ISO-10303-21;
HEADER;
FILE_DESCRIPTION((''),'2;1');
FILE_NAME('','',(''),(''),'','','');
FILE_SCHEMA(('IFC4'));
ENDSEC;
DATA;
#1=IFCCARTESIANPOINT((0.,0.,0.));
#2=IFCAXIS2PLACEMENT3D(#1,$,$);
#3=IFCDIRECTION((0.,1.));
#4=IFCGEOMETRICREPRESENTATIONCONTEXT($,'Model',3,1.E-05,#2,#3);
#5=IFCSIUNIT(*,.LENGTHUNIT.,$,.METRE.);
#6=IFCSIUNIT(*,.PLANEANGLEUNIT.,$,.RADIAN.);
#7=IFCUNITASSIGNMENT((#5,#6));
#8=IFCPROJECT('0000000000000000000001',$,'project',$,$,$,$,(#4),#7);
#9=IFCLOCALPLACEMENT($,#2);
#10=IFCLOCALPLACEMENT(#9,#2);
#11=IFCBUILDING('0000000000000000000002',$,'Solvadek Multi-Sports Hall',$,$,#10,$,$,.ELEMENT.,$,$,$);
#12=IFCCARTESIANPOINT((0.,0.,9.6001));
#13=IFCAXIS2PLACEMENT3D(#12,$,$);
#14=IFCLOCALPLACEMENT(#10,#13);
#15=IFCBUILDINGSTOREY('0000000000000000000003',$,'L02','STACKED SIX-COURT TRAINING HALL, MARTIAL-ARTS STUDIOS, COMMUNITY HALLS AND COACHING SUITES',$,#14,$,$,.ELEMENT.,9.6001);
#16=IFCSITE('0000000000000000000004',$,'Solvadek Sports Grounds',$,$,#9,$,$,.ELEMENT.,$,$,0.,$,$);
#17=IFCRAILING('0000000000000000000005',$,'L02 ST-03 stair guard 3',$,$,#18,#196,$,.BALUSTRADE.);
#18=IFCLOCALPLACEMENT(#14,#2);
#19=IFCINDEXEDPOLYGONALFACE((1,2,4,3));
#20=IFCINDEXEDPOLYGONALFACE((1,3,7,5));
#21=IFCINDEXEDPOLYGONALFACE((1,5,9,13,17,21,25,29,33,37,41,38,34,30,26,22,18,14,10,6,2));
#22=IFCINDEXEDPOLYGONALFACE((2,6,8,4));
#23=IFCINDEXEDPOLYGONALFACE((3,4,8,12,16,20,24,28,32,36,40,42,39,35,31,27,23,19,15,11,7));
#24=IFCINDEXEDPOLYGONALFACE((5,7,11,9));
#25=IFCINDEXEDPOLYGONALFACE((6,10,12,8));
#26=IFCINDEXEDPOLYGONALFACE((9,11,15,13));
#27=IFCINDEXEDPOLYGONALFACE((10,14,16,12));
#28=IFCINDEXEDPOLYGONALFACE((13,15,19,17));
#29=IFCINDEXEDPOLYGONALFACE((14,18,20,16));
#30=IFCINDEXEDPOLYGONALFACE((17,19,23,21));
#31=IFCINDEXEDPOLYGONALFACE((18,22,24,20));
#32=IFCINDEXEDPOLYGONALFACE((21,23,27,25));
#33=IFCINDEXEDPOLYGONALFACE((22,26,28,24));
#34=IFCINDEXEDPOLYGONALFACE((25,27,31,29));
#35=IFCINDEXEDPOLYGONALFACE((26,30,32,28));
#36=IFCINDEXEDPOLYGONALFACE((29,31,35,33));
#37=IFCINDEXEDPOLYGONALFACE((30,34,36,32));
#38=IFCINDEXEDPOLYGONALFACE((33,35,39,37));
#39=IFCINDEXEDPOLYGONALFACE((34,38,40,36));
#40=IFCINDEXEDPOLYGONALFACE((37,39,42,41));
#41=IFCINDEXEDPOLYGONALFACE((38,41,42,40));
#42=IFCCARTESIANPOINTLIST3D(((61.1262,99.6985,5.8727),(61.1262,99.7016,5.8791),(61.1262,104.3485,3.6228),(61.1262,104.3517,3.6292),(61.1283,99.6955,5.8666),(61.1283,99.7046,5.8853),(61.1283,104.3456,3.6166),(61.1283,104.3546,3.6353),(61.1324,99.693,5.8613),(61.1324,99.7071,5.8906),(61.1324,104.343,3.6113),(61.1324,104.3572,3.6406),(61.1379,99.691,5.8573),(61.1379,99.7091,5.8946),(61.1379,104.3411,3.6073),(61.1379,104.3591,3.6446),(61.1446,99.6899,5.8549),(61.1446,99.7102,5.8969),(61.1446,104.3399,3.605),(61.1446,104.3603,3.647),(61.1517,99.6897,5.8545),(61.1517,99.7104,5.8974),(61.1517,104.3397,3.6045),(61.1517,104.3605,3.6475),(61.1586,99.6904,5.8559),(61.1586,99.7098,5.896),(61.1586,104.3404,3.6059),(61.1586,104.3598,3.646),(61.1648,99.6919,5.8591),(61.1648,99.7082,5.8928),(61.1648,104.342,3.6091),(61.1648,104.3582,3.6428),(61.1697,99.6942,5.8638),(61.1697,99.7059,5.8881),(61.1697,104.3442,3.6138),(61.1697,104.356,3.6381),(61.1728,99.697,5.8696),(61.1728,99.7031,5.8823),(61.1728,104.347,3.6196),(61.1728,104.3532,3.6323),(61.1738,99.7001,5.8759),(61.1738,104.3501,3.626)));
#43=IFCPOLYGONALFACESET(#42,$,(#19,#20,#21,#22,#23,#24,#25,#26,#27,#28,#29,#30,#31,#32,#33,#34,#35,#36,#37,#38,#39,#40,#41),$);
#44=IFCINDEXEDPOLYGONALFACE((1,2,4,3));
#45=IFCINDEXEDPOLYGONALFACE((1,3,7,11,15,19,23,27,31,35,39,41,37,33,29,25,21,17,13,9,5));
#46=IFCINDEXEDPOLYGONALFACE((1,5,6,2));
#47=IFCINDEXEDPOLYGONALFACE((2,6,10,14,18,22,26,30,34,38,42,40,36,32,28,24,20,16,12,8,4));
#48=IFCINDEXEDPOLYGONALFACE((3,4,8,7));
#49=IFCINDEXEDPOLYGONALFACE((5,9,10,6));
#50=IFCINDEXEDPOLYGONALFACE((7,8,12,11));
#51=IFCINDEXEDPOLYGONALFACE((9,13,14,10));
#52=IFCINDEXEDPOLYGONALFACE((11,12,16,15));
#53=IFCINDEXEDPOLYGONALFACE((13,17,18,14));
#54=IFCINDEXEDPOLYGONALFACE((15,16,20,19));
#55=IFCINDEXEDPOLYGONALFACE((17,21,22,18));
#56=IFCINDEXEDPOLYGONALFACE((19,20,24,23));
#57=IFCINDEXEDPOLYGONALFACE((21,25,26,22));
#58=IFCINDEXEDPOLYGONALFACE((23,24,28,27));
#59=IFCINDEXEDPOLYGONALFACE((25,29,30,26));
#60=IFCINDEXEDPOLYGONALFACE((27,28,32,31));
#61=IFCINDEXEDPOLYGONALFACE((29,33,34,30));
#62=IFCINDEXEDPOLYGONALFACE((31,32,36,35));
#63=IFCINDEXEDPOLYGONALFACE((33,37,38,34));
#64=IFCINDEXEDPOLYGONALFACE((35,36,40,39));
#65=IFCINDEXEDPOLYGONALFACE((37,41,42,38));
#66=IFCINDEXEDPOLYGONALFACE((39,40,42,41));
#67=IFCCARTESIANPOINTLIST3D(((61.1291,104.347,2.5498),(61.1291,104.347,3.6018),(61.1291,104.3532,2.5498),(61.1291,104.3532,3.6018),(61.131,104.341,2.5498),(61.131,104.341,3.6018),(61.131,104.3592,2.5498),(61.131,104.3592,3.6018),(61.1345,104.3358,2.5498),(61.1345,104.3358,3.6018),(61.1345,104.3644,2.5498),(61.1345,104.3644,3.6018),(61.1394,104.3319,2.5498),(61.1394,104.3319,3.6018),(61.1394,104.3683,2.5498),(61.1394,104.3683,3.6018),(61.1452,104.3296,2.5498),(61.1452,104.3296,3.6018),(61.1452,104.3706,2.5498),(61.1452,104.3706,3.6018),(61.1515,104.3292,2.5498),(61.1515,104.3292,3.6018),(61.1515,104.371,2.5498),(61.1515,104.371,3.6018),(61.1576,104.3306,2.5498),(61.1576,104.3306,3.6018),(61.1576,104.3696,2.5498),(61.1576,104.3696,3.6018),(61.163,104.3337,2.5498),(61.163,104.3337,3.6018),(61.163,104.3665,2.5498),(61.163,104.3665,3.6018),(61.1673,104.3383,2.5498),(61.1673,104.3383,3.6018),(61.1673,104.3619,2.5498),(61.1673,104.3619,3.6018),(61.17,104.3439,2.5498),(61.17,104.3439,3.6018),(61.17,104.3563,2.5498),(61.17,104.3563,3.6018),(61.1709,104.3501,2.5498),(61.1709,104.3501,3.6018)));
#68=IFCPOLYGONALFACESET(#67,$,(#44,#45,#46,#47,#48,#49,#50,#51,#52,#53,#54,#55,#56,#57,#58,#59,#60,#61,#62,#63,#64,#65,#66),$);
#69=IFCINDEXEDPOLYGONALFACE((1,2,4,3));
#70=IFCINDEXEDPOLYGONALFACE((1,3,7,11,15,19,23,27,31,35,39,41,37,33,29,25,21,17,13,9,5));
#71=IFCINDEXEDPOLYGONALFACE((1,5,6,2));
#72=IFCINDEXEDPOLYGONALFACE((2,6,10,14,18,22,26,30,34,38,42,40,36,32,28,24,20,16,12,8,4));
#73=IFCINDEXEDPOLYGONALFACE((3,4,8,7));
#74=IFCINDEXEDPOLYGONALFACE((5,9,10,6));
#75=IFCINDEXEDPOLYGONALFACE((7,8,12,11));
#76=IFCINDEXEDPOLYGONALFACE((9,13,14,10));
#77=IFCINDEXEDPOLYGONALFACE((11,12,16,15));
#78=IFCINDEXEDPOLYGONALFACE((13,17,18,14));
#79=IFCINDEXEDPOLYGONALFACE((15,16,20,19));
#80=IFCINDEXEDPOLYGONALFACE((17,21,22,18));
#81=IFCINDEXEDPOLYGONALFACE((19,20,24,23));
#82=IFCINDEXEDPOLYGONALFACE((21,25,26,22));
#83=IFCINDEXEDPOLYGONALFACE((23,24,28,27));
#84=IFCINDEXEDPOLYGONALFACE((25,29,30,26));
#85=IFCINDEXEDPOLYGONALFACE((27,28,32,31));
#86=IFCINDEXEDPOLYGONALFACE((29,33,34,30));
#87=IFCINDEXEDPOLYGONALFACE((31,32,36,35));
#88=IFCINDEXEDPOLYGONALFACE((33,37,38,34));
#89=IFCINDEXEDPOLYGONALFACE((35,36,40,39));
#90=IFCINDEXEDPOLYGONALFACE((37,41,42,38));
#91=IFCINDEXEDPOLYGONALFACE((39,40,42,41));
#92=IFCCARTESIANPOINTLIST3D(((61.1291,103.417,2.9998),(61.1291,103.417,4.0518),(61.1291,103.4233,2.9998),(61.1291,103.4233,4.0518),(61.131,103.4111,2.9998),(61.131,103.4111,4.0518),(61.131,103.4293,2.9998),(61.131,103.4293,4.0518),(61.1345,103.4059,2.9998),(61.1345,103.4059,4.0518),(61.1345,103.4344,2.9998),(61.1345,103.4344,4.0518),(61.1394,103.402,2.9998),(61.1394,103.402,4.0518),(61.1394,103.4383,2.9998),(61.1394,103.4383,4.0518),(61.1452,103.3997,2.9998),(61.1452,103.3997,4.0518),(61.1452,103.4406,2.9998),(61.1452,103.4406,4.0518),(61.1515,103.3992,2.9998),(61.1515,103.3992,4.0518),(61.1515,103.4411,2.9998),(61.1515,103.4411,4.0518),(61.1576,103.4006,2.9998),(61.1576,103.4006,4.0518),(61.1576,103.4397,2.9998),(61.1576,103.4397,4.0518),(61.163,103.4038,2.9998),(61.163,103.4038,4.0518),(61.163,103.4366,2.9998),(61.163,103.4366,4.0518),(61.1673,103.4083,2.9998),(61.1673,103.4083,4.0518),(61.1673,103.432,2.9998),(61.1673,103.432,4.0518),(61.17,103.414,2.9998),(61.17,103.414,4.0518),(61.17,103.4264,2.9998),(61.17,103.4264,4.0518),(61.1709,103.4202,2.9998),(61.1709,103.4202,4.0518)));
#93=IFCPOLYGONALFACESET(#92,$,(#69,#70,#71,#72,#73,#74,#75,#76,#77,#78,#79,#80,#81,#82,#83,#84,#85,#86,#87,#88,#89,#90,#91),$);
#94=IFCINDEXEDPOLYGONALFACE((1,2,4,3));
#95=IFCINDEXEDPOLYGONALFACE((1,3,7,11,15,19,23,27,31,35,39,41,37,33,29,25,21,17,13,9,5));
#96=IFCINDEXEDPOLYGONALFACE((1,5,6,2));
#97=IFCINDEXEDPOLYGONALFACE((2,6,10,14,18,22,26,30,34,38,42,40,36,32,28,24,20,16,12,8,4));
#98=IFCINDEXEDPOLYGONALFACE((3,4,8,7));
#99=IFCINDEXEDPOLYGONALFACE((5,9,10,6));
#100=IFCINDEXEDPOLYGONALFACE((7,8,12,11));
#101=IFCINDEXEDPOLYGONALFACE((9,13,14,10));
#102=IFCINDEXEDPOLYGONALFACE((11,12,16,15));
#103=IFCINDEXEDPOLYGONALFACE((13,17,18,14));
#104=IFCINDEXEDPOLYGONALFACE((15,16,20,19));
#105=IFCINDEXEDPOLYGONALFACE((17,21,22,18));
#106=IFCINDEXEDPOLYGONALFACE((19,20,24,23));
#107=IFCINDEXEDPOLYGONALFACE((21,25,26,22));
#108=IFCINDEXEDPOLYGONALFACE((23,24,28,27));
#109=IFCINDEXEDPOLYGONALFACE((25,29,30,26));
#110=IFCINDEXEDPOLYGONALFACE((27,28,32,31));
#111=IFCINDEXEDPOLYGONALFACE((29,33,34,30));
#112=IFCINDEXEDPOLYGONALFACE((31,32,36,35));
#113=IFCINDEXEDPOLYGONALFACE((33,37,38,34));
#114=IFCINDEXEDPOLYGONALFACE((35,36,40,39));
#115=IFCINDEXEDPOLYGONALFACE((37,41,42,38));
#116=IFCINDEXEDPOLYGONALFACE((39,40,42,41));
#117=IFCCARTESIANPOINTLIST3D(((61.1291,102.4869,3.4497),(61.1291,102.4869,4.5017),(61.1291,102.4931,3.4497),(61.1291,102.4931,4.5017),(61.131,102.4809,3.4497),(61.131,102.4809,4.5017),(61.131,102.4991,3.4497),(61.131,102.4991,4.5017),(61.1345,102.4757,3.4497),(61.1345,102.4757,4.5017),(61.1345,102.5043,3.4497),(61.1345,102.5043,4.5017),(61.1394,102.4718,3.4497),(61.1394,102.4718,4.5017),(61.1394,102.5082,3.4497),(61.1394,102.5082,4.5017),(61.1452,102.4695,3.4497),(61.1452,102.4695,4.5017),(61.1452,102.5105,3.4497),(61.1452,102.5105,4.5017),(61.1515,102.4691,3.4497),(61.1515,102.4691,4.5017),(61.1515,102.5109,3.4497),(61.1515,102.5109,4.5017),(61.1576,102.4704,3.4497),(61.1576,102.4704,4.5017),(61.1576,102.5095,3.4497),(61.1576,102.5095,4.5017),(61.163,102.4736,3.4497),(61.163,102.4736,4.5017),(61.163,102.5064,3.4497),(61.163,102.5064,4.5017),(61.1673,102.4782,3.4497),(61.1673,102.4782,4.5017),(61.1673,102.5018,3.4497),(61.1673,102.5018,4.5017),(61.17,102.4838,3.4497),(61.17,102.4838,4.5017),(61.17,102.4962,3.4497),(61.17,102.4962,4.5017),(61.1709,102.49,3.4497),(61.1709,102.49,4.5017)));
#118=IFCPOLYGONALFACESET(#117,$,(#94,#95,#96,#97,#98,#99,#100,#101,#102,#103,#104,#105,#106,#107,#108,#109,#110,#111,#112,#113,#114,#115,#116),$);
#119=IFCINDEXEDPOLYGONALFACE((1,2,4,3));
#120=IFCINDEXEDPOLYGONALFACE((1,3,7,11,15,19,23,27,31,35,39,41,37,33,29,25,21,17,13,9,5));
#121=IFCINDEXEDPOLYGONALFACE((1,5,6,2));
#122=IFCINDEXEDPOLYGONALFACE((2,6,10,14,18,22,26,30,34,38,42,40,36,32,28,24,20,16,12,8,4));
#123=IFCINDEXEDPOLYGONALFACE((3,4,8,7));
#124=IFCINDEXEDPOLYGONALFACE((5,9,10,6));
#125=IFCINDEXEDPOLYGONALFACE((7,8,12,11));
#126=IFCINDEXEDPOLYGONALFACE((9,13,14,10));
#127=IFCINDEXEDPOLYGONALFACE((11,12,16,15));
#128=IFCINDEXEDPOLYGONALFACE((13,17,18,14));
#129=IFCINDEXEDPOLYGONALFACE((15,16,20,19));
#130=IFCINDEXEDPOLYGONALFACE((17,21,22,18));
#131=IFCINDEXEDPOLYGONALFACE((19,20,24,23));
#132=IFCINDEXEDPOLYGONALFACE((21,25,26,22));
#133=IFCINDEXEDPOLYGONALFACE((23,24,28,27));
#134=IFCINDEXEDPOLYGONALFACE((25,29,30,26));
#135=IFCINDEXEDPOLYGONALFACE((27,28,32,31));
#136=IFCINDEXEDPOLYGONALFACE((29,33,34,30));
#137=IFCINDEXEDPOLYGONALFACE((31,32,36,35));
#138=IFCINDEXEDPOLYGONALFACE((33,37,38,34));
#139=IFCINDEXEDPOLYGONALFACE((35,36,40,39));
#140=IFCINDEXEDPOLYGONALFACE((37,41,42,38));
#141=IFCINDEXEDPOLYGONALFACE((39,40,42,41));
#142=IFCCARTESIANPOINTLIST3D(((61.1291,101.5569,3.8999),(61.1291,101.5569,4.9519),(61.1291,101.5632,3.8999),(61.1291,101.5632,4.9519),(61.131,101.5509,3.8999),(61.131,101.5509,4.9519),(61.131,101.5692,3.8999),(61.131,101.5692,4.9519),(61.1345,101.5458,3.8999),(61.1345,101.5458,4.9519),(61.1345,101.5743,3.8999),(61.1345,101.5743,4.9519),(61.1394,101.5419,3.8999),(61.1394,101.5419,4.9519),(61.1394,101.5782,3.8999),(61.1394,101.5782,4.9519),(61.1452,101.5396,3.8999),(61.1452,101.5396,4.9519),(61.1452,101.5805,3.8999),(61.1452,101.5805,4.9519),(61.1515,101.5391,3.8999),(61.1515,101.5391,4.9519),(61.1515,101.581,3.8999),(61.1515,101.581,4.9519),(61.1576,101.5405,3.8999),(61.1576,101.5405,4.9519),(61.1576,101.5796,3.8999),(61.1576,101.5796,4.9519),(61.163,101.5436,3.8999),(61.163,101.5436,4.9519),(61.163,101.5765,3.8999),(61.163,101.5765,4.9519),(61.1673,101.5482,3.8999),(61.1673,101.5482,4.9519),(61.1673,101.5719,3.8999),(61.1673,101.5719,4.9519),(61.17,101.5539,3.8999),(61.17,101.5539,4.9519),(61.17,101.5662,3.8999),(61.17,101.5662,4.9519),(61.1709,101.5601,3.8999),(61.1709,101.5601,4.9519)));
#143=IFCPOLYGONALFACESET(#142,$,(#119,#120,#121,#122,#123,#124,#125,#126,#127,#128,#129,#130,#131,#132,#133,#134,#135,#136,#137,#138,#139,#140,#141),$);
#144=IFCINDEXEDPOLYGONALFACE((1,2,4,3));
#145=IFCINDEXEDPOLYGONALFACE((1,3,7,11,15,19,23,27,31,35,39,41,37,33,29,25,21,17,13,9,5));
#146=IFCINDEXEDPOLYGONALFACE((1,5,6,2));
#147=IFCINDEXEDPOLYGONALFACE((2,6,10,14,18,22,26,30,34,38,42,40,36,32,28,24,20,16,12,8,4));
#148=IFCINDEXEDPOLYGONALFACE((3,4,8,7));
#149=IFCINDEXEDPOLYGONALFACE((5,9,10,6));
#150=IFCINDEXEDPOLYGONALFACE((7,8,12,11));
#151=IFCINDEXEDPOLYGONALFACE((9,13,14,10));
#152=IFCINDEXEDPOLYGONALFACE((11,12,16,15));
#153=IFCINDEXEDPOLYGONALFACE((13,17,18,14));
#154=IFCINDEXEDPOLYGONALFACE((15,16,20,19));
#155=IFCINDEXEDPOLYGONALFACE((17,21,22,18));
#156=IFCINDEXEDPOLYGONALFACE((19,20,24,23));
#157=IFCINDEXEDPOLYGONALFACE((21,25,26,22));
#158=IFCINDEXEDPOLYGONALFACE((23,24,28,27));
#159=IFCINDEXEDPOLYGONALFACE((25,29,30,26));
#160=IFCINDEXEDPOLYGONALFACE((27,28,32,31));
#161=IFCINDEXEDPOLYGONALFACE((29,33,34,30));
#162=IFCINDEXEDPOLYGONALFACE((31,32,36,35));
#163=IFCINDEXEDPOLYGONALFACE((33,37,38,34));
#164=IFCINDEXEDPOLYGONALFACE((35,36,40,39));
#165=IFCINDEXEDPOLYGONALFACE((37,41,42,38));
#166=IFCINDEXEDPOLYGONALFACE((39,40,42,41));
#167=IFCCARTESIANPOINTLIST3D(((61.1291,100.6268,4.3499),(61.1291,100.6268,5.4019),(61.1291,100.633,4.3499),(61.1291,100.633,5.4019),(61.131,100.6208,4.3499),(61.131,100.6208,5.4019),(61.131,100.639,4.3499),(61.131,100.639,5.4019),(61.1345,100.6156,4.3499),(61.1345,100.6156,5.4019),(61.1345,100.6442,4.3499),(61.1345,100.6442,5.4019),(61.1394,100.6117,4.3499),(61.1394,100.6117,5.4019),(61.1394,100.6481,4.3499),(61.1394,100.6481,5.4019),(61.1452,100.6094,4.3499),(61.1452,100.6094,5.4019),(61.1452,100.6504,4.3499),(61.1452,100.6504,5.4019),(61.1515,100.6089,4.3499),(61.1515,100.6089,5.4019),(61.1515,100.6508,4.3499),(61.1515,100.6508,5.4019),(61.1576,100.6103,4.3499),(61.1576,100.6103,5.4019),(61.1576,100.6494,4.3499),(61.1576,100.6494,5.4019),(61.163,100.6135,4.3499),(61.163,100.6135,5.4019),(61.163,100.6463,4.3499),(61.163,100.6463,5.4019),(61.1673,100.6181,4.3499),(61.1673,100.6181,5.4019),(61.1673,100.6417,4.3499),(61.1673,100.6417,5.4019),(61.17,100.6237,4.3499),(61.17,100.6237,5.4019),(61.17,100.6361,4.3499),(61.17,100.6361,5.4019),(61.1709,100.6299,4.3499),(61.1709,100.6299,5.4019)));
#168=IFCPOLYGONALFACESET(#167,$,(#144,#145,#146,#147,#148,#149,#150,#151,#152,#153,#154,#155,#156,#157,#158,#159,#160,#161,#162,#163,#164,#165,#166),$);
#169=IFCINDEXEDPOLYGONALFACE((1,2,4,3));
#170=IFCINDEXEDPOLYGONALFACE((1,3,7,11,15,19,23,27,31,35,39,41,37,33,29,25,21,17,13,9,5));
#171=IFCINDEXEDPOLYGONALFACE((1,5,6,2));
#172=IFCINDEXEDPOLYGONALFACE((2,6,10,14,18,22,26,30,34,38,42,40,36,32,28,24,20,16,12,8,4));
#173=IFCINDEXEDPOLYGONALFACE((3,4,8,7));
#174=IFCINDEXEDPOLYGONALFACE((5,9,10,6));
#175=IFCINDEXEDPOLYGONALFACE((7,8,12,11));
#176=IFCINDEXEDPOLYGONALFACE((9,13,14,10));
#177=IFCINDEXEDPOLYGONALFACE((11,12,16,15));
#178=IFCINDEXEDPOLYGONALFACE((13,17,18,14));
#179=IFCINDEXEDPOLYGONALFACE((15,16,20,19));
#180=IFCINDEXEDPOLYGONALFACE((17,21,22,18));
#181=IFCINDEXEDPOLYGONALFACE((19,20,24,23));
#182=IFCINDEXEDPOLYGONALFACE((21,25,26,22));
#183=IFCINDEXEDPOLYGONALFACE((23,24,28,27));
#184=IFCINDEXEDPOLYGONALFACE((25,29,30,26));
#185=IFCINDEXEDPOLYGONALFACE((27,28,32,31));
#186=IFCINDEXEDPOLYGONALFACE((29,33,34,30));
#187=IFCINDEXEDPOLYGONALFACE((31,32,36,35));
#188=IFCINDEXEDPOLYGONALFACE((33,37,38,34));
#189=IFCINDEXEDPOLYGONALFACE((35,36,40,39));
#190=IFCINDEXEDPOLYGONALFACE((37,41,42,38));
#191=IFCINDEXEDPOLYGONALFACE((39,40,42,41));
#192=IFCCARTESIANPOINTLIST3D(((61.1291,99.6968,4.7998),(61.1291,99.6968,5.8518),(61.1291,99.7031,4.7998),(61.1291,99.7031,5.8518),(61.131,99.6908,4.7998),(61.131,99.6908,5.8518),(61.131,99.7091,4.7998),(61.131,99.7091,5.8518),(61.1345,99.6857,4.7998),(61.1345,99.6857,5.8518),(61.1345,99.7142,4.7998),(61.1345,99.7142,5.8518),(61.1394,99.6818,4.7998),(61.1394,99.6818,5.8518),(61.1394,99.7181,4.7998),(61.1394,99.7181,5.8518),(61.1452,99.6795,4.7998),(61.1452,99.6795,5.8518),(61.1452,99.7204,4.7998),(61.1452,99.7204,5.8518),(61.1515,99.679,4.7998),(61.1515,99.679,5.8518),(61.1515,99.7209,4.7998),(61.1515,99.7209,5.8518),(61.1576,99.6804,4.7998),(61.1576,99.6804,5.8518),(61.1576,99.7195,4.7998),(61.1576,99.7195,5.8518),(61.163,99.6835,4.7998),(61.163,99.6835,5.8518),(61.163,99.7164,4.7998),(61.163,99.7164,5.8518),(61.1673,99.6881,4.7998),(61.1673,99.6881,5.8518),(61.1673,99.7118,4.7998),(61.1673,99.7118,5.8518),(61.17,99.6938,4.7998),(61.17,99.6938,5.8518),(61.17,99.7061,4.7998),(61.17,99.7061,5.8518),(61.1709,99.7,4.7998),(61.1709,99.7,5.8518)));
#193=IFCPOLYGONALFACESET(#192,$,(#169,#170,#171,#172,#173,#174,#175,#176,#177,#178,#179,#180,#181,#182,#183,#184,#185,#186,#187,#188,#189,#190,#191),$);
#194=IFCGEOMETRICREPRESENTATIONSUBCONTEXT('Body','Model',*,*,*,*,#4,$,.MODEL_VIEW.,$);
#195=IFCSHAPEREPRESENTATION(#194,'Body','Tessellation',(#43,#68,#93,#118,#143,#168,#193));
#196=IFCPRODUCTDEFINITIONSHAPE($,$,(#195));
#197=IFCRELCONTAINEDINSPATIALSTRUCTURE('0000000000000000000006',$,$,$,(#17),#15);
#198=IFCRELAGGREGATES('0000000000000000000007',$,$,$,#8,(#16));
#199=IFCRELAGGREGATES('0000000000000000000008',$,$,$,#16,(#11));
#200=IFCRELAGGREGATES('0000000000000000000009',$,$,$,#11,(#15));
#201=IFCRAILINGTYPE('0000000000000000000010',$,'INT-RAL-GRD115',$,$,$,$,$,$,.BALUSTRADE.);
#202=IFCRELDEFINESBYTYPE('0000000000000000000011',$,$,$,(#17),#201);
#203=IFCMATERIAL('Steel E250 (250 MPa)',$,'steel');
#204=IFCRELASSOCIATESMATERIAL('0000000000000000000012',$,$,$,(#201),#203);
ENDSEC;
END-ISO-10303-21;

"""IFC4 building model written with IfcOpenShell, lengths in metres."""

from ifc_helpers import new_model, si_unit, direction, frame, origin, origin_2d, place, context, subcontext, project, spatial, circle, extrude, material, type_object, element, save


model = new_model("IFC4")

# Units and contexts
model_context = context("Model", 3, precision=1e-05, world=origin(), true_north=direction((0.0, 1.0)))
body_context = subcontext(model_context, "Body", "Model", "MODEL_VIEW")
ifc_project = project(units=[si_unit("LENGTHUNIT", "METRE"), si_unit("PLANEANGLEUNIT", "RADIAN")], contexts=[model_context])

# Site, building, storey
site_placement = place(None, origin())
site = spatial("IfcSite", under=ifc_project, at=site_placement, Name="Solvadek Sports Grounds", CompositionType="ELEMENT", RefElevation=0.0)
building_placement = place(site_placement, origin())
building = spatial("IfcBuilding", under=site, at=building_placement, Name="Solvadek Multi-Sports Hall", CompositionType="ELEMENT")
storey_placement = place(building_placement, frame((0.0, 0.0, 9.6001)))
storey = spatial("IfcBuildingStorey", under=building, at=storey_placement, Name="L02", Description="STACKED SIX-COURT TRAINING HALL, MARTIAL-ARTS STUDIOS, COMMUNITY HALLS AND COACHING SUITES", CompositionType="ELEMENT", Elevation=9.6001)

# Shared definitions
ifc_material_1 = material(Name="Steel E250 (250 MPa)", Category="steel")

# Railing
railing_type_1 = type_object("IfcRailingType", Name="INT-RAL-GRD115", PredefinedType="BALUSTRADE", material=ifc_material_1)
railing_1_placement = place(storey_placement, frame((61.1499, 104.3501, 2.5498)))
element("IfcRailing", 1, at=railing_1_placement, inside=storey, type_object=railing_type_1, Name="L02 ST-03 stair guard 3", PredefinedType="BALUSTRADE", context=body_context, shape_type="SweptSolid", body=[
    extrude(circle(Radius=0.0239, at=origin_2d()), frame((0.0, 0.0, 1.0762), z_axis=(0.0, -0.900165, 0.43555), x_axis=(1.0, 0.0, 0.0)), (0.0, 0.0, 1.0), 5.1658),
    extrude(circle(Radius=0.021, at=origin_2d()), origin(), (0.0, 0.0, 1.0), 1.052),
    extrude(circle(Radius=0.021, at=origin_2d()), frame((0.0, -0.9299, 0.45)), (0.0, 0.0, 1.0), 1.052),
    extrude(circle(Radius=0.021, at=origin_2d()), frame((0.0, -1.8601, 0.8999)), (0.0, 0.0, 1.0), 1.052),
    extrude(circle(Radius=0.021, at=origin_2d()), frame((0.0, -2.79, 1.3501)), (0.0, 0.0, 1.0), 1.052),
    extrude(circle(Radius=0.021, at=origin_2d()), frame((0.0, -3.7202, 1.8)), (0.0, 0.0, 1.0), 1.052),
    extrude(circle(Radius=0.021, at=origin_2d()), frame((0.0, -4.6501, 2.25)), (0.0, 0.0, 1.0), 1.052),
])

save(model, "model.ifc")
